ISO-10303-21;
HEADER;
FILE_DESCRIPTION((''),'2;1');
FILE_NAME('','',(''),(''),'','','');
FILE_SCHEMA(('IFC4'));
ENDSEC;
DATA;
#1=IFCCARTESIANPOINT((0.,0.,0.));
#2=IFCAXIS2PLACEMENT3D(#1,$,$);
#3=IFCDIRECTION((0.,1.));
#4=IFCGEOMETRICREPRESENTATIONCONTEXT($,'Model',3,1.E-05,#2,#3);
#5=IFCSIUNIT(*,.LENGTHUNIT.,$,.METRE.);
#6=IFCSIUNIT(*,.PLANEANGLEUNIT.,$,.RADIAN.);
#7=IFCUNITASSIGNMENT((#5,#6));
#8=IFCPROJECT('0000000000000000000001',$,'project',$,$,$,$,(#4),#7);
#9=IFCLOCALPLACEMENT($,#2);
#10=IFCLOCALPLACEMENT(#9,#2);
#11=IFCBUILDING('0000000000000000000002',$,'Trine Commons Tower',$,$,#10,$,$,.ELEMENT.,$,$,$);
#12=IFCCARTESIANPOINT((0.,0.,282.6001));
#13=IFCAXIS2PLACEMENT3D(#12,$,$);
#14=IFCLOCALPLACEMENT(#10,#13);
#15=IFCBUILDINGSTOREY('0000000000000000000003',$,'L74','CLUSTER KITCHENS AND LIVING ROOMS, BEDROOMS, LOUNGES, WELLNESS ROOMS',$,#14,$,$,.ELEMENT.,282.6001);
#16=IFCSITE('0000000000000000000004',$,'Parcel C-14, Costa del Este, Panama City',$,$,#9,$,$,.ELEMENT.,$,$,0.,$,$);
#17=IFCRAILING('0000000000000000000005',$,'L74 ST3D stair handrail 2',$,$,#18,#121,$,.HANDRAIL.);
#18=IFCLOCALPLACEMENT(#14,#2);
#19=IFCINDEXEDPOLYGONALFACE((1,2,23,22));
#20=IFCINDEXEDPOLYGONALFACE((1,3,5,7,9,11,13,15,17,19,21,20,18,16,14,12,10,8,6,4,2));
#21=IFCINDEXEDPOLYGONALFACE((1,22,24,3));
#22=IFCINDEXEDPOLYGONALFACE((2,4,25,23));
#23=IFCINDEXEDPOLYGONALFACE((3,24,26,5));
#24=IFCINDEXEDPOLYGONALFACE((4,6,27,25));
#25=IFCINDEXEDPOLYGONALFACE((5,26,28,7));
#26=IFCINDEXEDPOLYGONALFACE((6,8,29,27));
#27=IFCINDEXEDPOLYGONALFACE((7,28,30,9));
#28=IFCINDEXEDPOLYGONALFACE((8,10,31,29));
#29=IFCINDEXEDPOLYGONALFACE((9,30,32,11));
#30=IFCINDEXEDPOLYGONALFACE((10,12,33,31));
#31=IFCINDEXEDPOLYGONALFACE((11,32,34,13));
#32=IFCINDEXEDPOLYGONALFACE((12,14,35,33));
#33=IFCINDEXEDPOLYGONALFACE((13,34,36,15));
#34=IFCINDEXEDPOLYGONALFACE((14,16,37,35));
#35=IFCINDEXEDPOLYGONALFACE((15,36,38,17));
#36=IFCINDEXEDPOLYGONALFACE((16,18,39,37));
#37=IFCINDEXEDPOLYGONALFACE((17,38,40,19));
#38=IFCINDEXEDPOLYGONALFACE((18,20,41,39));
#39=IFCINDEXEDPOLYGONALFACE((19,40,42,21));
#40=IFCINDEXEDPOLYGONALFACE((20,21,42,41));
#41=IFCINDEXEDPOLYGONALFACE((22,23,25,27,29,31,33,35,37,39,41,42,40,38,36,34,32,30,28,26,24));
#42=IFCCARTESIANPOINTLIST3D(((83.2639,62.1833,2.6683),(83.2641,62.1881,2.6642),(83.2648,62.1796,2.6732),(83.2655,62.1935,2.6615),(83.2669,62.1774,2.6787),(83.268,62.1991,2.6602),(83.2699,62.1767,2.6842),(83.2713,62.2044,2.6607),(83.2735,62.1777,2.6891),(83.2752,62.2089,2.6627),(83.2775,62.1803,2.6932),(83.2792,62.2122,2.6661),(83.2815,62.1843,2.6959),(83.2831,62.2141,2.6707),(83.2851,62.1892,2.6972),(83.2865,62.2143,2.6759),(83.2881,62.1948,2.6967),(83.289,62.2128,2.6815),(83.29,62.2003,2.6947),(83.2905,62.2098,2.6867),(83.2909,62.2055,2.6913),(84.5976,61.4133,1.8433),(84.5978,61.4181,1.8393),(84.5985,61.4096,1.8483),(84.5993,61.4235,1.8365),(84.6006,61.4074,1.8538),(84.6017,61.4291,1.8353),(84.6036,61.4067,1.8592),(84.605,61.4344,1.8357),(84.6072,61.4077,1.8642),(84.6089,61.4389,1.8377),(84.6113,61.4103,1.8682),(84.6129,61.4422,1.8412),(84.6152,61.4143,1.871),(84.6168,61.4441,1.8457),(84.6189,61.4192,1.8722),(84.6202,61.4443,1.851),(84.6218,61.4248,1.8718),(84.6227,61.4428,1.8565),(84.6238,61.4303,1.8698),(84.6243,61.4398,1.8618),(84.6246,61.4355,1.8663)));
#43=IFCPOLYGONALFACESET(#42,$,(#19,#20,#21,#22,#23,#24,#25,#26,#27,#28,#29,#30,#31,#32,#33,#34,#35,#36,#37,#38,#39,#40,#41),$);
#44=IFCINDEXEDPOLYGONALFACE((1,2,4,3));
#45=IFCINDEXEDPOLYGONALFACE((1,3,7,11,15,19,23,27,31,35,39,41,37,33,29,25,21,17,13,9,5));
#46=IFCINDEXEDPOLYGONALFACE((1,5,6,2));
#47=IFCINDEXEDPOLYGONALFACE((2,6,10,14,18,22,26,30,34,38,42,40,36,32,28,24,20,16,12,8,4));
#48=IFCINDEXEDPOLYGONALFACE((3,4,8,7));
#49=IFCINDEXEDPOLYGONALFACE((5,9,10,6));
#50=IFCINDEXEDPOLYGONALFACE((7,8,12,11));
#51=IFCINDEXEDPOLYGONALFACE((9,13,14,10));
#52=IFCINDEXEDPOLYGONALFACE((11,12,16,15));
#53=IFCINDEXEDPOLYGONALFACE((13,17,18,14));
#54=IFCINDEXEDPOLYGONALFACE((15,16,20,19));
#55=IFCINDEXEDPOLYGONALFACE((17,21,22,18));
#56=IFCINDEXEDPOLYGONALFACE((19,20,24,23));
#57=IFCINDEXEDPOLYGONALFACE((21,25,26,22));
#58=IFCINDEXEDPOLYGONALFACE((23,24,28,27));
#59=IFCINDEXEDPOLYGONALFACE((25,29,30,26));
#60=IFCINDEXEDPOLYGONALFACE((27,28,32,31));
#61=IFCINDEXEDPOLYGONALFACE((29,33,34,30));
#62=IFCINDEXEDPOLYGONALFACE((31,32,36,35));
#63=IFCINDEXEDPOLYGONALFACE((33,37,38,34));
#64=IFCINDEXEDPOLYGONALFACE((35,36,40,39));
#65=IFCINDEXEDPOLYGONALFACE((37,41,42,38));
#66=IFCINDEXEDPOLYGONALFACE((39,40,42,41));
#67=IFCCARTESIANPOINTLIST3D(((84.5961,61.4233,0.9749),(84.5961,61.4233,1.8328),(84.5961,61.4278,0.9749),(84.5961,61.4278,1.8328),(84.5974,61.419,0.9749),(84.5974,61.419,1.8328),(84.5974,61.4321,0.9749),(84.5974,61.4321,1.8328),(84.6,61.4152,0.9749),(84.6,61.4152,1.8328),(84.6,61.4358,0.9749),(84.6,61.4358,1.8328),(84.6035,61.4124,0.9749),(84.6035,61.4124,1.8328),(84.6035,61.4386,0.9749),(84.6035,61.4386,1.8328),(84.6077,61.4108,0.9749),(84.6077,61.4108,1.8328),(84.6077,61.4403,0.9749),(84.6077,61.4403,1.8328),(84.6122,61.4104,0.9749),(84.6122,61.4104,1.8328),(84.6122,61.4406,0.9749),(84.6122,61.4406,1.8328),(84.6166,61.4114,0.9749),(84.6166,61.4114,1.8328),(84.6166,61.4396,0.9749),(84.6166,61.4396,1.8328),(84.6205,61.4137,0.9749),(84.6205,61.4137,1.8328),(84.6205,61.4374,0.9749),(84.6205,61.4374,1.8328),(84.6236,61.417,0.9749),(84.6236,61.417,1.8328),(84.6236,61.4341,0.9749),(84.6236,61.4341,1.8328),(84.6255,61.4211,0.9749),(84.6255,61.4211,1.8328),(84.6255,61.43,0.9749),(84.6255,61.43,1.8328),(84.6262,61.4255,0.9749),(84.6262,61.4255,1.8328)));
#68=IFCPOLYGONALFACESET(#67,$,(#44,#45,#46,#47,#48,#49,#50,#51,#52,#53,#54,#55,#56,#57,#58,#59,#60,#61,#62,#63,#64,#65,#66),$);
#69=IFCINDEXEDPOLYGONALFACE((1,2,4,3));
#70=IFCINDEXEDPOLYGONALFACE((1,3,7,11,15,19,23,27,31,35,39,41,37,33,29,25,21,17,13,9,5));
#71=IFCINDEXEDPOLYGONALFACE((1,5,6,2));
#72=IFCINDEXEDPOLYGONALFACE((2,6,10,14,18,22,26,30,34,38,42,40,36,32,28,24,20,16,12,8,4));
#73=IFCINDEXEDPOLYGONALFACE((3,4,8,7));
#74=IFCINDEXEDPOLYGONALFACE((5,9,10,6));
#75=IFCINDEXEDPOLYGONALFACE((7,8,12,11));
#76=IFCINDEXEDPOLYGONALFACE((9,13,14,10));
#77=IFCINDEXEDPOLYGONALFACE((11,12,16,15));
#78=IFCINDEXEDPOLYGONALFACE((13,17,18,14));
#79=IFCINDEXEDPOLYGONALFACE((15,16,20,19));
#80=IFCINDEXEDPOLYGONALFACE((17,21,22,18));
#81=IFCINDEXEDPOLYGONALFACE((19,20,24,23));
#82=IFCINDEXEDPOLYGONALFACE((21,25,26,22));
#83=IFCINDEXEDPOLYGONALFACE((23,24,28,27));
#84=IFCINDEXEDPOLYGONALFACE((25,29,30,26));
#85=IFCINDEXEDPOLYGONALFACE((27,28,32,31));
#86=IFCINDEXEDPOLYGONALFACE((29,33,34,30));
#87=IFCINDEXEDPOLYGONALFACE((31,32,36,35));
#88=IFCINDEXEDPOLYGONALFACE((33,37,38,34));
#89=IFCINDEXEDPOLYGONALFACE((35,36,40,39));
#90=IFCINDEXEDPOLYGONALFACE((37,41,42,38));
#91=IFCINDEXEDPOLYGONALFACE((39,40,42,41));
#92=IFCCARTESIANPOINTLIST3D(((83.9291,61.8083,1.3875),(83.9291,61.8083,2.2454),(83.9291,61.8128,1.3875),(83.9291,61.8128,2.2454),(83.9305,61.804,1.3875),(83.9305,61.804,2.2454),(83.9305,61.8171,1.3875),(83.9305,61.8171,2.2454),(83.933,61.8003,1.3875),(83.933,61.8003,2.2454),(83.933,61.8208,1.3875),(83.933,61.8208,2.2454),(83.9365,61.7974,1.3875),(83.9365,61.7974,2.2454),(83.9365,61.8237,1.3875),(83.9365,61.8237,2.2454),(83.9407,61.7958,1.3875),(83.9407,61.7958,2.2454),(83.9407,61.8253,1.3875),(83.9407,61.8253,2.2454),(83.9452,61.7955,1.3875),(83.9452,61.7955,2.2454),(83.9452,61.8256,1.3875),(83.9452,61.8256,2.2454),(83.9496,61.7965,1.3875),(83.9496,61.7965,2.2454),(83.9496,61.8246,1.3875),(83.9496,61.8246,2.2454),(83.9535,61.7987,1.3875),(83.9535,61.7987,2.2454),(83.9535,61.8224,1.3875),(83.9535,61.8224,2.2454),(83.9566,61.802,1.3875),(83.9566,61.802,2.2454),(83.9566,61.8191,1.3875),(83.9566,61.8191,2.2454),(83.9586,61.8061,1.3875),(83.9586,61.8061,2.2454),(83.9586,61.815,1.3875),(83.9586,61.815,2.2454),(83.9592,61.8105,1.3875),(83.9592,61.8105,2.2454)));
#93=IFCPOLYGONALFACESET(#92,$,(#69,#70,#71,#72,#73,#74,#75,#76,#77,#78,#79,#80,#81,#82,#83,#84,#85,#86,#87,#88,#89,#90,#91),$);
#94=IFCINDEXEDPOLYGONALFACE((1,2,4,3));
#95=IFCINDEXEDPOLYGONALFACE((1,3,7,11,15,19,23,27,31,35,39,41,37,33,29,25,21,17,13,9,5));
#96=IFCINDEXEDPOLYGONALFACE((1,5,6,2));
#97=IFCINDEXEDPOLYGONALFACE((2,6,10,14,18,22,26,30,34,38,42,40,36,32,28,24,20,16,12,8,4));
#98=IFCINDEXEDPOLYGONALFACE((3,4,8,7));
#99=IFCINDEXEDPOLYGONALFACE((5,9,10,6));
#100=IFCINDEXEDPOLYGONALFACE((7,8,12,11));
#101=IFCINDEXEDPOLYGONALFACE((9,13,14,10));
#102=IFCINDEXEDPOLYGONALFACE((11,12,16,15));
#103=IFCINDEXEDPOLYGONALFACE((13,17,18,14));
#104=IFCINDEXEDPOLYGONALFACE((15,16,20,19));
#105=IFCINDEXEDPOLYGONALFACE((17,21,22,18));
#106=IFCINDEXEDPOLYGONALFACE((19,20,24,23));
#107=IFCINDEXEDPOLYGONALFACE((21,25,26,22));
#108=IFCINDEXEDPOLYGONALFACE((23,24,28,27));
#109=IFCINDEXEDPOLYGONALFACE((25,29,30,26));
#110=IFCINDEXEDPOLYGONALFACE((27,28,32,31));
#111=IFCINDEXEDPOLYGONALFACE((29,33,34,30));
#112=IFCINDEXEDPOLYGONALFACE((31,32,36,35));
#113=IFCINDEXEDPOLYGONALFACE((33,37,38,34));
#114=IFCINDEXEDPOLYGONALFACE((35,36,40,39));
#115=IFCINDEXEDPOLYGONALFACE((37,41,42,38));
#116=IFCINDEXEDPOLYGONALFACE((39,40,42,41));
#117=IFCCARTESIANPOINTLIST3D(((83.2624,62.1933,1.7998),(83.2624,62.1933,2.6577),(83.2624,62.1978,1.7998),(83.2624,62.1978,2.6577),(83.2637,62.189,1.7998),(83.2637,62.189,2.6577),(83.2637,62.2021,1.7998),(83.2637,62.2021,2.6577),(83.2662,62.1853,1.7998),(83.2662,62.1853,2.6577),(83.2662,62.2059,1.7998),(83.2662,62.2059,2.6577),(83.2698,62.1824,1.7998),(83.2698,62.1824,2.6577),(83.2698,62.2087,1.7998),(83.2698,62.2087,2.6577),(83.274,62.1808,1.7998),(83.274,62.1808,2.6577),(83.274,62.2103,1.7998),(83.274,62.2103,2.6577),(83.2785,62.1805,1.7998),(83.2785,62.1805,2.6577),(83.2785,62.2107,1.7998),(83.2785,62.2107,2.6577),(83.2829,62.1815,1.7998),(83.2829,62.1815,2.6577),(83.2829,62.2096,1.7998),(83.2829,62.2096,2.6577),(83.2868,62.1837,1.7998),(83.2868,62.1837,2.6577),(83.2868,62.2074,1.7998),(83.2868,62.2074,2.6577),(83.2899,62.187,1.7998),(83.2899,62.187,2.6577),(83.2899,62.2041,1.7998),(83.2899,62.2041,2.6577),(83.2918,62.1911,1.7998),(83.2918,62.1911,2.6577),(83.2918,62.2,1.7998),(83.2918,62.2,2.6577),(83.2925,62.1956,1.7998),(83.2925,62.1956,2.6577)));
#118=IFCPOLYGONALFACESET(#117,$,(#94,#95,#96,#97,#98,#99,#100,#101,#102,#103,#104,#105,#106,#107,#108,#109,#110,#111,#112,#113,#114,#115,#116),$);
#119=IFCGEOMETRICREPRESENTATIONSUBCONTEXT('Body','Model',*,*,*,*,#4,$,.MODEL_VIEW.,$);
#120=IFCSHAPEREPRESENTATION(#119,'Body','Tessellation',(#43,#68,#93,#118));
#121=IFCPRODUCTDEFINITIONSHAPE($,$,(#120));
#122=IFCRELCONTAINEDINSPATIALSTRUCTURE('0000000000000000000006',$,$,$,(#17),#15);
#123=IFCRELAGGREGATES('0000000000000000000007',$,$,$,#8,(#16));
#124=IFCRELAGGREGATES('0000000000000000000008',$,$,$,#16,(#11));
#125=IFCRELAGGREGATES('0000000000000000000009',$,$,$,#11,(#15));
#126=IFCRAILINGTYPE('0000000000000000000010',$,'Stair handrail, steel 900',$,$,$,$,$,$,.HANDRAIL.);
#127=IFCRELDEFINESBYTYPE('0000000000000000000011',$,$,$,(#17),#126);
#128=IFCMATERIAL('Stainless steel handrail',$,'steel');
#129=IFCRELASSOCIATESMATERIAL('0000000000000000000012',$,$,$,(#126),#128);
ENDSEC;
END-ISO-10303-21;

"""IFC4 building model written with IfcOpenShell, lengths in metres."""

from ifc_helpers import new_model, si_unit, direction, frame, origin, origin_2d, place, context, subcontext, project, spatial, circle, extrude, material, type_object, element, save


model = new_model("IFC4")

# Units and contexts
model_context = context("Model", 3, precision=1e-05, world=origin(), true_north=direction((0.0, 1.0)))
body_context = subcontext(model_context, "Body", "Model", "MODEL_VIEW")
ifc_project = project(units=[si_unit("LENGTHUNIT", "METRE"), si_unit("PLANEANGLEUNIT", "RADIAN")], contexts=[model_context])

# Site, building, storey
site_placement = place(None, origin())
site = spatial("IfcSite", under=ifc_project, at=site_placement, Name="Parcel C-14, Costa del Este, Panama City", CompositionType="ELEMENT", RefElevation=0.0)
building_placement = place(site_placement, origin())
building = spatial("IfcBuilding", under=site, at=building_placement, Name="Trine Commons Tower", CompositionType="ELEMENT")
storey_placement = place(building_placement, frame((0.0, 0.0, 282.6001)))
storey = spatial("IfcBuildingStorey", under=building, at=storey_placement, Name="L74", Description="CLUSTER KITCHENS AND LIVING ROOMS, BEDROOMS, LOUNGES, WELLNESS ROOMS", CompositionType="ELEMENT", Elevation=282.6001)

# Railing
ifc_material_1 = material(Name="Stainless steel handrail", Category="steel")
railing_type_1 = type_object("IfcRailingType", Name="Stair handrail, steel 900", PredefinedType="HANDRAIL", material=ifc_material_1)
railing_1_placement = place(storey_placement, frame((84.6111, 61.4255, 0.9749)))
element("IfcRailing", 1, at=railing_1_placement, inside=storey, type_object=railing_type_1, Name="L74 ST3D stair handrail 2", PredefinedType="HANDRAIL", context=body_context, shape_type="SweptSolid", body=[
    extrude(circle(Radius=0.021, at=origin_2d()), frame((0.0, 0.0, 0.8789), z_axis=(-0.763405, 0.440743, 0.472185), x_axis=(-0.499992, -0.86603, 0.0)), (0.0, 0.0, 1.0), 1.7471),
    extrude(circle(Radius=0.0151, at=origin_2d()), origin(), (0.0, 0.0, 1.0), 0.8579),
    extrude(circle(Radius=0.0151, at=origin_2d()), frame((-0.667, 0.385, 0.4126)), (0.0, 0.0, 1.0), 0.8579),
    extrude(circle(Radius=0.0151, at=origin_2d()), frame((-1.3337, 0.77, 0.825)), (0.0, 0.0, 1.0), 0.8579),
])

save(model, "model.ifc")
